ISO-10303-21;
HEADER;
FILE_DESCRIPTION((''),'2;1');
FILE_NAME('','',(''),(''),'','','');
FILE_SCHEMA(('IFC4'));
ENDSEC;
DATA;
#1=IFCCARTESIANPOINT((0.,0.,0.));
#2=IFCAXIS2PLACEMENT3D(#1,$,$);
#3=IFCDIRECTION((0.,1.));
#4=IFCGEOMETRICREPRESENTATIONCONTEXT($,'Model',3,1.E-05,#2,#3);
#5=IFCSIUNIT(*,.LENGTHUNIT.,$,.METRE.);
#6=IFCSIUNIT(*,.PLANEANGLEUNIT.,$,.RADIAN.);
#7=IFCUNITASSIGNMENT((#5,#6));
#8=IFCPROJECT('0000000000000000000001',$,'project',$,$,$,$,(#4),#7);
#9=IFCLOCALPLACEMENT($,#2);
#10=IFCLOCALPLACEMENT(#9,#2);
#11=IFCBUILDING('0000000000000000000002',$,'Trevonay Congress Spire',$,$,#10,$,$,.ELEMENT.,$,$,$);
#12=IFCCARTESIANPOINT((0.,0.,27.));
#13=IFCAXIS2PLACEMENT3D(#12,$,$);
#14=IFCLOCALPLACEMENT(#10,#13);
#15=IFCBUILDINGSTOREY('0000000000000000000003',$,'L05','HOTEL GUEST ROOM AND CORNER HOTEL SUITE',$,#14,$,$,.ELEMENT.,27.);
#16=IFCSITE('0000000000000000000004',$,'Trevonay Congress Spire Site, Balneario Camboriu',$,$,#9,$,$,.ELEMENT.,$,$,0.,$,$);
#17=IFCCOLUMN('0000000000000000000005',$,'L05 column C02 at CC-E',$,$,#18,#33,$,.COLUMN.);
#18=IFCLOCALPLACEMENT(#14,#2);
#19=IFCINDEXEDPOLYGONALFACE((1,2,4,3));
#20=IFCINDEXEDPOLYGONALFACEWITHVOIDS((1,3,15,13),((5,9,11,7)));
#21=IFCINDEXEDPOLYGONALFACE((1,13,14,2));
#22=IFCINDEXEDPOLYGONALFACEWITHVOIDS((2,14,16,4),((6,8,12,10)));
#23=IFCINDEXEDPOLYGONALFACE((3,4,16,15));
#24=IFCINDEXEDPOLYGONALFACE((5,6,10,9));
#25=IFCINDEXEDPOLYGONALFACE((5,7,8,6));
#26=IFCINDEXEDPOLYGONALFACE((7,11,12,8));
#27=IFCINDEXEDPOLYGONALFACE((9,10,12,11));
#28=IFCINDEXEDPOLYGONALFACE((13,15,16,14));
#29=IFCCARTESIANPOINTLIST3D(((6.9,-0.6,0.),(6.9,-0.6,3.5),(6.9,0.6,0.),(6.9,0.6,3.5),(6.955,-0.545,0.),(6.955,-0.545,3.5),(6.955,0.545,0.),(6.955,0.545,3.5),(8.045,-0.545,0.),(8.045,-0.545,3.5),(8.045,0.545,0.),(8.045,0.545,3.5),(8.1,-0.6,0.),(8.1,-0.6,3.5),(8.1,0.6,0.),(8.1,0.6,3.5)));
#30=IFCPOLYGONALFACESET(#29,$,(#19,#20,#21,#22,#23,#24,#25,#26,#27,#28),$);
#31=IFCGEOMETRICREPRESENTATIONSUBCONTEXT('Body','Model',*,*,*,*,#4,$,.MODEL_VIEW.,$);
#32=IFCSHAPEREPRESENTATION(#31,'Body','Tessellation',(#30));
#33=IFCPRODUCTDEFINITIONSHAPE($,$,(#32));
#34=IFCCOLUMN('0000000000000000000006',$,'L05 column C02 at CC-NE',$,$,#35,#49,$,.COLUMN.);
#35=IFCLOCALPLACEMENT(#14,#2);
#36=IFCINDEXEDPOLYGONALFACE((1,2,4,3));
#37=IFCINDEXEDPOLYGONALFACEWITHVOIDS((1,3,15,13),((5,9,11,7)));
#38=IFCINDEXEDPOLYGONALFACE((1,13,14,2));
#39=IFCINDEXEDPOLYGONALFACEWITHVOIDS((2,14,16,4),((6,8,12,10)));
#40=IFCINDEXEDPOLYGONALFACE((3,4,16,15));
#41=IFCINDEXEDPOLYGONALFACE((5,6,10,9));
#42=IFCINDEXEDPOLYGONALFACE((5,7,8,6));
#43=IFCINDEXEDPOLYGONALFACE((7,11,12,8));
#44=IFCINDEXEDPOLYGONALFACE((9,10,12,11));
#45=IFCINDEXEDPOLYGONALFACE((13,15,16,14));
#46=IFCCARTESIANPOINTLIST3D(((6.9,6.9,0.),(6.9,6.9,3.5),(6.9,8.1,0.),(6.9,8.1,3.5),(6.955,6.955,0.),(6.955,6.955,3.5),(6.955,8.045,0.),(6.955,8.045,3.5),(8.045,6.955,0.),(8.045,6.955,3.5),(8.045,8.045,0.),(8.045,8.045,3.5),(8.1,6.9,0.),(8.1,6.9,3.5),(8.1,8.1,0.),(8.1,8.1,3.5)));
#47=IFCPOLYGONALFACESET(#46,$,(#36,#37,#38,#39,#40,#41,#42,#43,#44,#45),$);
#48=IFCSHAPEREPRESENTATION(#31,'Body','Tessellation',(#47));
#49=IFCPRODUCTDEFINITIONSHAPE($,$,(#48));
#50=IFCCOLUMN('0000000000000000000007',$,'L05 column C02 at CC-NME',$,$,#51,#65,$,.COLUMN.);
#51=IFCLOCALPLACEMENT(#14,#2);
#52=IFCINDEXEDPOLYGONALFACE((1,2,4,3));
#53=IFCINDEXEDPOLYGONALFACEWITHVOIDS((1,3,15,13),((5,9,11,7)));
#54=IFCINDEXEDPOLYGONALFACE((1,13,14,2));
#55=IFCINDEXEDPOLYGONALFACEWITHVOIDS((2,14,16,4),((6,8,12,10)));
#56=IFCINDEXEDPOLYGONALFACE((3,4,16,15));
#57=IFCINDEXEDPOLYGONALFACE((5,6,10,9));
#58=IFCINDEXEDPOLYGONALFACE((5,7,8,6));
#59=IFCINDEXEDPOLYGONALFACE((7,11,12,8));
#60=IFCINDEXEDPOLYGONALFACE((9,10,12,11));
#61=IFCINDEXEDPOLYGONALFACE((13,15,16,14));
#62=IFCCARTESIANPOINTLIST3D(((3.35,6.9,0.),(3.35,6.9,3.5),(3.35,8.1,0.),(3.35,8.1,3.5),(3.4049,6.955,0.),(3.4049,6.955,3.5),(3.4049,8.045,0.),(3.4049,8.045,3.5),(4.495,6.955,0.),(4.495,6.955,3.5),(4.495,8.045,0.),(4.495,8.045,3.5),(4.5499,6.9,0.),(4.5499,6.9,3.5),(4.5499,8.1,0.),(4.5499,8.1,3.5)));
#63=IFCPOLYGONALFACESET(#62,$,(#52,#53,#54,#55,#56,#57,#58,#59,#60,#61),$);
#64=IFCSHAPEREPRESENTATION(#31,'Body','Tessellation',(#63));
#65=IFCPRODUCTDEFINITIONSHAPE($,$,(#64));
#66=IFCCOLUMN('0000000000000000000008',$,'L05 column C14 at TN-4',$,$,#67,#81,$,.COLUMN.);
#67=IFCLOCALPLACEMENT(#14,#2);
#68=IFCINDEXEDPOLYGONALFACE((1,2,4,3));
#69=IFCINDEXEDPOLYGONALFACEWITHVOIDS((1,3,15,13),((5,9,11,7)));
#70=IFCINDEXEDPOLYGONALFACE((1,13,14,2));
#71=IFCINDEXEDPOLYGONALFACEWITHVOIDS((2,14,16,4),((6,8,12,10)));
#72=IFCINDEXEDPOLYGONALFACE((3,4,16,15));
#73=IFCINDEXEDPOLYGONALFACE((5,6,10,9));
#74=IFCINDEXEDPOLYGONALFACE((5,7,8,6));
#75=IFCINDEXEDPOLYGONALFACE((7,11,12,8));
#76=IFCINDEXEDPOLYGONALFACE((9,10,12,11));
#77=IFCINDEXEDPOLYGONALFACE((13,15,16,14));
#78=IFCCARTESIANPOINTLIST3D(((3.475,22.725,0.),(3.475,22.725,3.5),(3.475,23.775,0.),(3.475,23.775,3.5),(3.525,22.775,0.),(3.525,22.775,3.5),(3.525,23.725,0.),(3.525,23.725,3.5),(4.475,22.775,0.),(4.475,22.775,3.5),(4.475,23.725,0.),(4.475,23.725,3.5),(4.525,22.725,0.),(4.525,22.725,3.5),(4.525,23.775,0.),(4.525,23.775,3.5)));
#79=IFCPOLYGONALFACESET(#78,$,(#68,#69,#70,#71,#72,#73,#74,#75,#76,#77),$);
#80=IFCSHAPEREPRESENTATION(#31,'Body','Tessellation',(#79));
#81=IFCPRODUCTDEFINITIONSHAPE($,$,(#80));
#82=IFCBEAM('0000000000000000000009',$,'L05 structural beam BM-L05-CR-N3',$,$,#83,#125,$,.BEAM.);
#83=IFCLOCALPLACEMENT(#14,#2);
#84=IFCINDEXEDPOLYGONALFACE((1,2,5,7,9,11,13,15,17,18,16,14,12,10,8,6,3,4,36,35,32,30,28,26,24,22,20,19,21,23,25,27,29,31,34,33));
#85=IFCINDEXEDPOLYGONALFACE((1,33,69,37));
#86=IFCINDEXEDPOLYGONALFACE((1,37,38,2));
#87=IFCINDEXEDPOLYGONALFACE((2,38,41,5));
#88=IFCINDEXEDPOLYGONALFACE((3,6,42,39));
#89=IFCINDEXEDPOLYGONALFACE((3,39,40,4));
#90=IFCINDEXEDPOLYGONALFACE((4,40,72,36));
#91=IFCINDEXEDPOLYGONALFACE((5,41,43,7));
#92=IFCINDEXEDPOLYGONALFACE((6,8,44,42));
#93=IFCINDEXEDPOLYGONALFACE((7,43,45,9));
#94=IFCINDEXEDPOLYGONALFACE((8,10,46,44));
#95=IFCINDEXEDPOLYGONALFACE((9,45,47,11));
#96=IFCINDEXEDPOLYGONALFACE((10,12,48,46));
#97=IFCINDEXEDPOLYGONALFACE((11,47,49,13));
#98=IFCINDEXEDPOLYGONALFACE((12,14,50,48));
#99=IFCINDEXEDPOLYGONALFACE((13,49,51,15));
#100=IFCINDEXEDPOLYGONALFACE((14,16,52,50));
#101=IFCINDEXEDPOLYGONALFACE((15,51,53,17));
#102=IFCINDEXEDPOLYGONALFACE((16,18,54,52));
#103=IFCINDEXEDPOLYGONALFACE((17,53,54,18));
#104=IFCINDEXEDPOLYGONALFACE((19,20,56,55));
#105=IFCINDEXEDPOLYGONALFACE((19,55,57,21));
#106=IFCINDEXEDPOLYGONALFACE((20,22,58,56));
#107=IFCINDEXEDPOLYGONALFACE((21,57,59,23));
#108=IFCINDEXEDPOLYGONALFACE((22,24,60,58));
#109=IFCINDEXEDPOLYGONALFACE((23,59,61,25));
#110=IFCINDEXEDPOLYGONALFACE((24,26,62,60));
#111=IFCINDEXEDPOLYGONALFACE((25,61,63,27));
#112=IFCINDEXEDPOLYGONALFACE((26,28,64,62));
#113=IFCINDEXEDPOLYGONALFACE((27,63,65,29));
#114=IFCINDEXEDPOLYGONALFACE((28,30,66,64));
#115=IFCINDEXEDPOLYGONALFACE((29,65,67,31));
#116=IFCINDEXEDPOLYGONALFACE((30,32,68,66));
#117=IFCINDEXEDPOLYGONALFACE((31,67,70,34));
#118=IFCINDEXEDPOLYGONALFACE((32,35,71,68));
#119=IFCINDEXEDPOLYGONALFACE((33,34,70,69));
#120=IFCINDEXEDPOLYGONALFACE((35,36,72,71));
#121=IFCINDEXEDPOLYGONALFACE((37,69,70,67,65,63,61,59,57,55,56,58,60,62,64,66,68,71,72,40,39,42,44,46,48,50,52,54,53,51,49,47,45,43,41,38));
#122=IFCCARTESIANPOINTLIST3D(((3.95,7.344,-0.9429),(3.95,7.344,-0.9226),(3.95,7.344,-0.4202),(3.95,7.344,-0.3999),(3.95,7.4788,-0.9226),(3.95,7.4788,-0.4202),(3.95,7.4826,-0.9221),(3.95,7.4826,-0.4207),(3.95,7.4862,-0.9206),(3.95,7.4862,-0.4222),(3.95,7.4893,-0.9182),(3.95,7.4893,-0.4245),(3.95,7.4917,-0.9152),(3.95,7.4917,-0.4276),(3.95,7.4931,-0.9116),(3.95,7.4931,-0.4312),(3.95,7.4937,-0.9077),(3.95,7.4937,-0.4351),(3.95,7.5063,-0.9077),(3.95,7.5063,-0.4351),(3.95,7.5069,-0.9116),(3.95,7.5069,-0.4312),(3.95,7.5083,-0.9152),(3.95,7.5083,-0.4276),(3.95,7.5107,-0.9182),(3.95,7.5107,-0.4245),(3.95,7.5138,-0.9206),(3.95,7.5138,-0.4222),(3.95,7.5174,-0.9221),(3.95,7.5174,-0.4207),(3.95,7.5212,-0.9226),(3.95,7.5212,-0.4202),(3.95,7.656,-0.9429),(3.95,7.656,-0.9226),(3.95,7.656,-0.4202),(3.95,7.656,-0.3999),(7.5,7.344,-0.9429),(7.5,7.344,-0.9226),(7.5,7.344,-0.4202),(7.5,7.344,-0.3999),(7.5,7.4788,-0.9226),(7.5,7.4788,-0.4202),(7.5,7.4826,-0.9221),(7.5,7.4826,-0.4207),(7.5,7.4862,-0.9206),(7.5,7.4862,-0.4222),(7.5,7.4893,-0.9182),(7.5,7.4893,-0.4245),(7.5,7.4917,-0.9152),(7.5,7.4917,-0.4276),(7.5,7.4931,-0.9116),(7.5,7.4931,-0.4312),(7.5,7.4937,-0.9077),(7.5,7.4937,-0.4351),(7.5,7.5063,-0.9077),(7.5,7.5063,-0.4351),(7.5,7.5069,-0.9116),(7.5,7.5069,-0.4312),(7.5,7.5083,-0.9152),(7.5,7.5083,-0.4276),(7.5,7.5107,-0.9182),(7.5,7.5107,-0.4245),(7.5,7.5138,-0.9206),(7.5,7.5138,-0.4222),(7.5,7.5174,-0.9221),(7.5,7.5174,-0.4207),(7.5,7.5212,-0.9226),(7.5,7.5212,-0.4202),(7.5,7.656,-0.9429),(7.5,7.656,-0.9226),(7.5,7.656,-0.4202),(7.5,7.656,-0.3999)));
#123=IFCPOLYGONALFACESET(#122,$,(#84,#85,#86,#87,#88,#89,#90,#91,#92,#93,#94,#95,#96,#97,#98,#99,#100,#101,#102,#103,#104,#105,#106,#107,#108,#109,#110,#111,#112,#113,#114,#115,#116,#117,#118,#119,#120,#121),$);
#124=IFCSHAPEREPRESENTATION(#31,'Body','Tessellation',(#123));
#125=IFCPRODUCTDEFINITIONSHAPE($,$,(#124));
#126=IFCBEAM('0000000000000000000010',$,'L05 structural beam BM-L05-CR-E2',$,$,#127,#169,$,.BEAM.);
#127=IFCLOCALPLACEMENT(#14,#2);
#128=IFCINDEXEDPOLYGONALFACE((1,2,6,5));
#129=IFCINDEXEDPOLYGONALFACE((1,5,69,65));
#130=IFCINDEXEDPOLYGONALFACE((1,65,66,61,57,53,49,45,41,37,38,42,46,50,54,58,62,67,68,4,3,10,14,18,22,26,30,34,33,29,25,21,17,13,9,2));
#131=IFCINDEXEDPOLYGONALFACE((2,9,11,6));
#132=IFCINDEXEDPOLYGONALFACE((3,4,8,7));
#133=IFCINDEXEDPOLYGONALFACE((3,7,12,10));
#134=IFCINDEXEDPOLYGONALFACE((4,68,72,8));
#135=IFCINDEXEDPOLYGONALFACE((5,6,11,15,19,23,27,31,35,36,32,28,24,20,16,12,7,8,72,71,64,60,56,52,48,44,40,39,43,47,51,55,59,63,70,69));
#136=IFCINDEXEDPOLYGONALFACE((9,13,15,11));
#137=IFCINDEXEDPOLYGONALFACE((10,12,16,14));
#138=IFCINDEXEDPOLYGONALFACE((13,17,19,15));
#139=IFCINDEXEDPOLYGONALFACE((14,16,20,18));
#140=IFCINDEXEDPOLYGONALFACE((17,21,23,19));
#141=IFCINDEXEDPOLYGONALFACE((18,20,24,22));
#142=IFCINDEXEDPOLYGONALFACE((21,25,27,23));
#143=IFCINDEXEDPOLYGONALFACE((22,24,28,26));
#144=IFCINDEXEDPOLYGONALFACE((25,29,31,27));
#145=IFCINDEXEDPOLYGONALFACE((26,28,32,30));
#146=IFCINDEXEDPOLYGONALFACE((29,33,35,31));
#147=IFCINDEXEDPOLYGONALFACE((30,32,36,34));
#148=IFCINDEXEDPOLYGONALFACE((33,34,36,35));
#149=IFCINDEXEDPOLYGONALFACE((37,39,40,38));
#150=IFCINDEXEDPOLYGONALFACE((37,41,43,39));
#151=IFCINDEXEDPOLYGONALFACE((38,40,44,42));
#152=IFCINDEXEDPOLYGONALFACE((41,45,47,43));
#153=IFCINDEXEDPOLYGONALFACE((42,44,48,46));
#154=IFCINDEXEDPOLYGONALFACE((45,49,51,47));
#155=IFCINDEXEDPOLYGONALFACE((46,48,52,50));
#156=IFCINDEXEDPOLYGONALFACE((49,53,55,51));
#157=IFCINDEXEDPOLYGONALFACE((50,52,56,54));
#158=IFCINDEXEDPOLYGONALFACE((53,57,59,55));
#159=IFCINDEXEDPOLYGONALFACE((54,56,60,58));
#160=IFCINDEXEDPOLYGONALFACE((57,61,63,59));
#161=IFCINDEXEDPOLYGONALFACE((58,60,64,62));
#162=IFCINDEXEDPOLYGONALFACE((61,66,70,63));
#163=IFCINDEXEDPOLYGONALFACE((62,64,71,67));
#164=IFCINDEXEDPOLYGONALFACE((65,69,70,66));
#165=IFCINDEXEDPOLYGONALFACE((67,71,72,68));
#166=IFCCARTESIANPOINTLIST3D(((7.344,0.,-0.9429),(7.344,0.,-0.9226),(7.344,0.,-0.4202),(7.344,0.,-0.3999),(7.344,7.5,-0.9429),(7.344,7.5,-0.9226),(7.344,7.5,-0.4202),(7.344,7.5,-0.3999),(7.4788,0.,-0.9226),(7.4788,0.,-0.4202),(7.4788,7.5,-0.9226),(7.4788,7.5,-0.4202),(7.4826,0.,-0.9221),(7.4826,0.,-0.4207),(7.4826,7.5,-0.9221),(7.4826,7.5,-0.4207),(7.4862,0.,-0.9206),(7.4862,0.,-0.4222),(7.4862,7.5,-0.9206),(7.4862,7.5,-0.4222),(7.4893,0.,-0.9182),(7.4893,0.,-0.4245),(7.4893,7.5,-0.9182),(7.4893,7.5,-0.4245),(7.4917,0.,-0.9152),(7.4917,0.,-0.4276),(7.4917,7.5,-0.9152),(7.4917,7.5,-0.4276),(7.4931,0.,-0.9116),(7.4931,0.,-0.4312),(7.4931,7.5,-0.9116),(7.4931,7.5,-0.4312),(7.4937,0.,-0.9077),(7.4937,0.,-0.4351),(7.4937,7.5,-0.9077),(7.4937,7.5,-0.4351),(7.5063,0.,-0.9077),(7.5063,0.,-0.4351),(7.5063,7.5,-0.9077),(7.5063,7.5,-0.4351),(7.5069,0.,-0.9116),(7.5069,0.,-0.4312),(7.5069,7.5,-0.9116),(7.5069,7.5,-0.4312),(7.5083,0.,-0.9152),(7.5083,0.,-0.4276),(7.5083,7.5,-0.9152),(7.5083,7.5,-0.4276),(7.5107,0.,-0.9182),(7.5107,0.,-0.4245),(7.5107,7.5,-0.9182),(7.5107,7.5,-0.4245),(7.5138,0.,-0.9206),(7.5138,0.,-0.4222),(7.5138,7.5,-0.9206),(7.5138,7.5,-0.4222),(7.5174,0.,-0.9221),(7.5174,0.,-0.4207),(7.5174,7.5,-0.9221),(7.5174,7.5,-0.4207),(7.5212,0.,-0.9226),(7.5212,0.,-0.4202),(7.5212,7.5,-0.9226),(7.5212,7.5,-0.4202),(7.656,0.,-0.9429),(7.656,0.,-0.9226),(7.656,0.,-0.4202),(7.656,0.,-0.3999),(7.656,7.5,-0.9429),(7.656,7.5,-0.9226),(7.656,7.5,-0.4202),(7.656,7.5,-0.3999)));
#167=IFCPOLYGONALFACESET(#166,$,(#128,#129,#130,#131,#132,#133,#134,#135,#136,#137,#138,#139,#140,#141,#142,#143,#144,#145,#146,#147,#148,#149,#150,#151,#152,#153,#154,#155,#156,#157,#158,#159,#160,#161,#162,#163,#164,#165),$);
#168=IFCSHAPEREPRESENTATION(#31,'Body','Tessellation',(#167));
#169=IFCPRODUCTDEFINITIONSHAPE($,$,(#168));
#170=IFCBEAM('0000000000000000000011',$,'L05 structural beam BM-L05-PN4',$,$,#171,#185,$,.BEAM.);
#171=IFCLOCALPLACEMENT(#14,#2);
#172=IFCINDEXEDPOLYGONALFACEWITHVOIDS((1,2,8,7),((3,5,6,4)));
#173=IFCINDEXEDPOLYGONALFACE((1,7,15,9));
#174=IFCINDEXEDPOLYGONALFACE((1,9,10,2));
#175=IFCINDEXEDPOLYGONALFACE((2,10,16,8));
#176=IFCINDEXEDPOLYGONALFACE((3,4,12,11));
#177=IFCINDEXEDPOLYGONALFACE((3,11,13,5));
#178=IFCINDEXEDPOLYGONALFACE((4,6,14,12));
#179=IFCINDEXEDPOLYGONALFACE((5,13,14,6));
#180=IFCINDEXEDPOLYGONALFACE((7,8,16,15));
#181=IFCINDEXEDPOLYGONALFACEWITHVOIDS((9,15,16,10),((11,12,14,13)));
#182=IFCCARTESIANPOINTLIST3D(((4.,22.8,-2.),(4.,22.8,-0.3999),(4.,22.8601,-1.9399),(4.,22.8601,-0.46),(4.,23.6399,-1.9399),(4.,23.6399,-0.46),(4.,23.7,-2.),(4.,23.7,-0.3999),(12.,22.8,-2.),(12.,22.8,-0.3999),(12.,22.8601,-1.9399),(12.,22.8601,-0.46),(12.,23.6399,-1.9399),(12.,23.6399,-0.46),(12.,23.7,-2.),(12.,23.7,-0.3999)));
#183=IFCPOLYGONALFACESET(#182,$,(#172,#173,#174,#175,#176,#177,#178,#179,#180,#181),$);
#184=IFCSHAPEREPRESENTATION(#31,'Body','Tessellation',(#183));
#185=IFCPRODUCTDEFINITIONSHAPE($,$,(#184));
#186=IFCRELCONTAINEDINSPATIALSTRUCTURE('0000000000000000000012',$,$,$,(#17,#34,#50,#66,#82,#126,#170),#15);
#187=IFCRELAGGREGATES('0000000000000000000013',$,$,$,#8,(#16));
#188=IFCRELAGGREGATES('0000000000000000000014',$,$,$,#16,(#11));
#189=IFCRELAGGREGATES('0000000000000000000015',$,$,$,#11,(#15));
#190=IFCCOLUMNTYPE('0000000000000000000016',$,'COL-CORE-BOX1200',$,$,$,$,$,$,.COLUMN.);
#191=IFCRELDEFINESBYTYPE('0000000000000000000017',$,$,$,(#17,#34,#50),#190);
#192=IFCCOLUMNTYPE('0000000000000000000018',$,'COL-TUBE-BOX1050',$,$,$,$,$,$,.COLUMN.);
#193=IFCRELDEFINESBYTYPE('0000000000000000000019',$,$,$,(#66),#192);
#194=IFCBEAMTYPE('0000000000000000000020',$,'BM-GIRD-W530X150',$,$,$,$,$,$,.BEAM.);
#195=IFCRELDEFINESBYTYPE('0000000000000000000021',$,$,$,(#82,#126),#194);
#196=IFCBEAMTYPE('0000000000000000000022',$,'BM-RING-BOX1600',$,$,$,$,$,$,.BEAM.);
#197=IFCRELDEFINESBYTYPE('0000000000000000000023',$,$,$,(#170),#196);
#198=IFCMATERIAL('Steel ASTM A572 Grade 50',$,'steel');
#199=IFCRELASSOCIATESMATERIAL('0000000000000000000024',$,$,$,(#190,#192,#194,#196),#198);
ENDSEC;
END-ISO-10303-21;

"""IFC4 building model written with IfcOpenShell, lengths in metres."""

from ifc_helpers import new_model, si_unit, direction, frame, origin, origin_2d, place, context, subcontext, project, spatial, hollow_rectangle, i_section, extrude, material, material_profile, profile_set, type_object, element, save


model = new_model("IFC4")

# Units and contexts
model_context = context("Model", 3, precision=1e-05, world=origin(), true_north=direction((0.0, 1.0)))
body_context = subcontext(model_context, "Body", "Model", "MODEL_VIEW")
ifc_project = project(units=[si_unit("LENGTHUNIT", "METRE"), si_unit("PLANEANGLEUNIT", "RADIAN")], contexts=[model_context])

# Site, building, storey
site_placement = place(None, origin())
site = spatial("IfcSite", under=ifc_project, at=site_placement, Name="Trevonay Congress Spire Site, Balneario Camboriu", CompositionType="ELEMENT", RefElevation=0.0)
building_placement = place(site_placement, origin())
building = spatial("IfcBuilding", under=site, at=building_placement, Name="Trevonay Congress Spire", CompositionType="ELEMENT")
storey_placement = place(building_placement, frame((0.0, 0.0, 27.0)))
storey = spatial("IfcBuildingStorey", under=building, at=storey_placement, Name="L05", Description="HOTEL GUEST ROOM AND CORNER HOTEL SUITE", CompositionType="ELEMENT", Elevation=27.0)

# Columns
ifc_material_1 = material(Name="Steel ASTM A572 Grade 50", Category="steel")
ifc_material_profile_1 = material_profile(ifc_material_1, hollow_rectangle(XDim=1.2, YDim=1.2, WallThickness=0.0549, at=origin_2d()), Name="BOX 1200x1200x55")
ifc_profile_set_1 = profile_set([ifc_material_profile_1], Name="Steel ASTM A572 Grade 50")
column_type_1 = type_object("IfcColumnType", Name="COL-CORE-BOX1200", PredefinedType="COLUMN", material=ifc_profile_set_1)
for number, where, z_axis, x_axis, name in (
    (1, (7.5, 0.0, 0.0), (0.0, 0.0, 1.0), (1.0, 0.0, 0.0), "L05 column C02 at CC-E"),
    (2, (7.5, 7.5, 0.0), (0.0, 0.0, 1.0), (1.0, 0.0, 0.0), "L05 column C02 at CC-NE"),
    (3, (3.95, 7.5, 0.0), (0.0, 0.0, 1.0), (1.0, 0.0, 0.0), "L05 column C02 at CC-NME"),
):
    element("IfcColumn", number, at=place(storey_placement, frame(where, z_axis=z_axis, x_axis=x_axis)), inside=storey, type_object=column_type_1, Name=name, PredefinedType="COLUMN", context=body_context, shape_type="SweptSolid", body=[
        extrude(hollow_rectangle(XDim=1.2, YDim=1.2, WallThickness=0.0549, at=origin_2d()), origin(), (0.0, 0.0, 1.0), 3.5),
    ])
ifc_material_profile_2 = material_profile(ifc_material_1, hollow_rectangle(XDim=1.05, YDim=1.05, WallThickness=0.05, at=origin_2d()), Name="BOX 1050x1050x50")
ifc_profile_set_2 = profile_set([ifc_material_profile_2], Name="Steel ASTM A572 Grade 50")
column_type_2 = type_object("IfcColumnType", Name="COL-TUBE-BOX1050", PredefinedType="COLUMN", material=ifc_profile_set_2)
column_placement = place(storey_placement, frame((4.0, 23.25, 0.0), z_axis=(0.0, 0.0, 1.0), x_axis=(1.0, 0.0, 0.0)))
element("IfcColumn", 4, at=column_placement, inside=storey, type_object=column_type_2, Name="L05 column C14 at TN-4", PredefinedType="COLUMN", context=body_context, shape_type="SweptSolid", body=[
    extrude(hollow_rectangle(XDim=1.05, YDim=1.05, WallThickness=0.05, at=origin_2d()), origin(), (0.0, 0.0, 1.0), 3.5),
])

# Beams
ifc_material_profile_3 = material_profile(ifc_material_1, i_section(OverallWidth=0.312, OverallDepth=0.543, WebThickness=0.0127, FlangeThickness=0.0203, FilletRadius=0.0149, at=origin_2d()), Name="W530x150")
ifc_profile_set_3 = profile_set([ifc_material_profile_3], Name="Steel ASTM A572 Grade 50")
beam_type_1 = type_object("IfcBeamType", Name="BM-GIRD-W530X150", PredefinedType="BEAM", material=ifc_profile_set_3)
beam_1_placement = place(storey_placement, frame((3.95, 7.5, -0.6714), z_axis=(1.0, 0.0, 0.0), x_axis=(0.0, 1.0, 0.0)))
element("IfcBeam", 5, at=beam_1_placement, inside=storey, type_object=beam_type_1, Name="L05 structural beam BM-L05-CR-N3", PredefinedType="BEAM", context=body_context, shape_type="SweptSolid", body=[
    extrude(i_section(OverallWidth=0.312, OverallDepth=0.543, WebThickness=0.0127, FlangeThickness=0.0203, FilletRadius=0.0149, at=origin_2d()), origin(), (0.0, 0.0, 1.0), 3.55),
])
beam_2_placement = place(storey_placement, frame((7.5, 0.0, -0.6714), z_axis=(0.0, 1.0, 0.0), x_axis=(-1.0, 0.0, 0.0)))
element("IfcBeam", 6, at=beam_2_placement, inside=storey, type_object=beam_type_1, Name="L05 structural beam BM-L05-CR-E2", PredefinedType="BEAM", context=body_context, shape_type="SweptSolid", body=[
    extrude(i_section(OverallWidth=0.312, OverallDepth=0.543, WebThickness=0.0127, FlangeThickness=0.0203, FilletRadius=0.0149, at=origin_2d()), origin(), (0.0, 0.0, 1.0), 7.5),
])
ifc_material_profile_4 = material_profile(ifc_material_1, hollow_rectangle(XDim=0.8999, YDim=1.6001, WallThickness=0.0601, at=origin_2d()), Name="BOX 1600x900x60")
ifc_profile_set_4 = profile_set([ifc_material_profile_4], Name="Steel ASTM A572 Grade 50")
beam_type_2 = type_object("IfcBeamType", Name="BM-RING-BOX1600", PredefinedType="BEAM", material=ifc_profile_set_4)
beam_3_placement = place(storey_placement, frame((4.0, 23.25, -1.2), z_axis=(1.0, 0.0, 0.0), x_axis=(0.0, 1.0, 0.0)))
element("IfcBeam", 7, at=beam_3_placement, inside=storey, type_object=beam_type_2, Name="L05 structural beam BM-L05-PN4", PredefinedType="BEAM", context=body_context, shape_type="SweptSolid", body=[
    extrude(hollow_rectangle(XDim=0.8999, YDim=1.6001, WallThickness=0.0601, at=origin_2d()), origin(), (0.0, 0.0, 1.0), 8.0),
])

save(model, "model.ifc")
